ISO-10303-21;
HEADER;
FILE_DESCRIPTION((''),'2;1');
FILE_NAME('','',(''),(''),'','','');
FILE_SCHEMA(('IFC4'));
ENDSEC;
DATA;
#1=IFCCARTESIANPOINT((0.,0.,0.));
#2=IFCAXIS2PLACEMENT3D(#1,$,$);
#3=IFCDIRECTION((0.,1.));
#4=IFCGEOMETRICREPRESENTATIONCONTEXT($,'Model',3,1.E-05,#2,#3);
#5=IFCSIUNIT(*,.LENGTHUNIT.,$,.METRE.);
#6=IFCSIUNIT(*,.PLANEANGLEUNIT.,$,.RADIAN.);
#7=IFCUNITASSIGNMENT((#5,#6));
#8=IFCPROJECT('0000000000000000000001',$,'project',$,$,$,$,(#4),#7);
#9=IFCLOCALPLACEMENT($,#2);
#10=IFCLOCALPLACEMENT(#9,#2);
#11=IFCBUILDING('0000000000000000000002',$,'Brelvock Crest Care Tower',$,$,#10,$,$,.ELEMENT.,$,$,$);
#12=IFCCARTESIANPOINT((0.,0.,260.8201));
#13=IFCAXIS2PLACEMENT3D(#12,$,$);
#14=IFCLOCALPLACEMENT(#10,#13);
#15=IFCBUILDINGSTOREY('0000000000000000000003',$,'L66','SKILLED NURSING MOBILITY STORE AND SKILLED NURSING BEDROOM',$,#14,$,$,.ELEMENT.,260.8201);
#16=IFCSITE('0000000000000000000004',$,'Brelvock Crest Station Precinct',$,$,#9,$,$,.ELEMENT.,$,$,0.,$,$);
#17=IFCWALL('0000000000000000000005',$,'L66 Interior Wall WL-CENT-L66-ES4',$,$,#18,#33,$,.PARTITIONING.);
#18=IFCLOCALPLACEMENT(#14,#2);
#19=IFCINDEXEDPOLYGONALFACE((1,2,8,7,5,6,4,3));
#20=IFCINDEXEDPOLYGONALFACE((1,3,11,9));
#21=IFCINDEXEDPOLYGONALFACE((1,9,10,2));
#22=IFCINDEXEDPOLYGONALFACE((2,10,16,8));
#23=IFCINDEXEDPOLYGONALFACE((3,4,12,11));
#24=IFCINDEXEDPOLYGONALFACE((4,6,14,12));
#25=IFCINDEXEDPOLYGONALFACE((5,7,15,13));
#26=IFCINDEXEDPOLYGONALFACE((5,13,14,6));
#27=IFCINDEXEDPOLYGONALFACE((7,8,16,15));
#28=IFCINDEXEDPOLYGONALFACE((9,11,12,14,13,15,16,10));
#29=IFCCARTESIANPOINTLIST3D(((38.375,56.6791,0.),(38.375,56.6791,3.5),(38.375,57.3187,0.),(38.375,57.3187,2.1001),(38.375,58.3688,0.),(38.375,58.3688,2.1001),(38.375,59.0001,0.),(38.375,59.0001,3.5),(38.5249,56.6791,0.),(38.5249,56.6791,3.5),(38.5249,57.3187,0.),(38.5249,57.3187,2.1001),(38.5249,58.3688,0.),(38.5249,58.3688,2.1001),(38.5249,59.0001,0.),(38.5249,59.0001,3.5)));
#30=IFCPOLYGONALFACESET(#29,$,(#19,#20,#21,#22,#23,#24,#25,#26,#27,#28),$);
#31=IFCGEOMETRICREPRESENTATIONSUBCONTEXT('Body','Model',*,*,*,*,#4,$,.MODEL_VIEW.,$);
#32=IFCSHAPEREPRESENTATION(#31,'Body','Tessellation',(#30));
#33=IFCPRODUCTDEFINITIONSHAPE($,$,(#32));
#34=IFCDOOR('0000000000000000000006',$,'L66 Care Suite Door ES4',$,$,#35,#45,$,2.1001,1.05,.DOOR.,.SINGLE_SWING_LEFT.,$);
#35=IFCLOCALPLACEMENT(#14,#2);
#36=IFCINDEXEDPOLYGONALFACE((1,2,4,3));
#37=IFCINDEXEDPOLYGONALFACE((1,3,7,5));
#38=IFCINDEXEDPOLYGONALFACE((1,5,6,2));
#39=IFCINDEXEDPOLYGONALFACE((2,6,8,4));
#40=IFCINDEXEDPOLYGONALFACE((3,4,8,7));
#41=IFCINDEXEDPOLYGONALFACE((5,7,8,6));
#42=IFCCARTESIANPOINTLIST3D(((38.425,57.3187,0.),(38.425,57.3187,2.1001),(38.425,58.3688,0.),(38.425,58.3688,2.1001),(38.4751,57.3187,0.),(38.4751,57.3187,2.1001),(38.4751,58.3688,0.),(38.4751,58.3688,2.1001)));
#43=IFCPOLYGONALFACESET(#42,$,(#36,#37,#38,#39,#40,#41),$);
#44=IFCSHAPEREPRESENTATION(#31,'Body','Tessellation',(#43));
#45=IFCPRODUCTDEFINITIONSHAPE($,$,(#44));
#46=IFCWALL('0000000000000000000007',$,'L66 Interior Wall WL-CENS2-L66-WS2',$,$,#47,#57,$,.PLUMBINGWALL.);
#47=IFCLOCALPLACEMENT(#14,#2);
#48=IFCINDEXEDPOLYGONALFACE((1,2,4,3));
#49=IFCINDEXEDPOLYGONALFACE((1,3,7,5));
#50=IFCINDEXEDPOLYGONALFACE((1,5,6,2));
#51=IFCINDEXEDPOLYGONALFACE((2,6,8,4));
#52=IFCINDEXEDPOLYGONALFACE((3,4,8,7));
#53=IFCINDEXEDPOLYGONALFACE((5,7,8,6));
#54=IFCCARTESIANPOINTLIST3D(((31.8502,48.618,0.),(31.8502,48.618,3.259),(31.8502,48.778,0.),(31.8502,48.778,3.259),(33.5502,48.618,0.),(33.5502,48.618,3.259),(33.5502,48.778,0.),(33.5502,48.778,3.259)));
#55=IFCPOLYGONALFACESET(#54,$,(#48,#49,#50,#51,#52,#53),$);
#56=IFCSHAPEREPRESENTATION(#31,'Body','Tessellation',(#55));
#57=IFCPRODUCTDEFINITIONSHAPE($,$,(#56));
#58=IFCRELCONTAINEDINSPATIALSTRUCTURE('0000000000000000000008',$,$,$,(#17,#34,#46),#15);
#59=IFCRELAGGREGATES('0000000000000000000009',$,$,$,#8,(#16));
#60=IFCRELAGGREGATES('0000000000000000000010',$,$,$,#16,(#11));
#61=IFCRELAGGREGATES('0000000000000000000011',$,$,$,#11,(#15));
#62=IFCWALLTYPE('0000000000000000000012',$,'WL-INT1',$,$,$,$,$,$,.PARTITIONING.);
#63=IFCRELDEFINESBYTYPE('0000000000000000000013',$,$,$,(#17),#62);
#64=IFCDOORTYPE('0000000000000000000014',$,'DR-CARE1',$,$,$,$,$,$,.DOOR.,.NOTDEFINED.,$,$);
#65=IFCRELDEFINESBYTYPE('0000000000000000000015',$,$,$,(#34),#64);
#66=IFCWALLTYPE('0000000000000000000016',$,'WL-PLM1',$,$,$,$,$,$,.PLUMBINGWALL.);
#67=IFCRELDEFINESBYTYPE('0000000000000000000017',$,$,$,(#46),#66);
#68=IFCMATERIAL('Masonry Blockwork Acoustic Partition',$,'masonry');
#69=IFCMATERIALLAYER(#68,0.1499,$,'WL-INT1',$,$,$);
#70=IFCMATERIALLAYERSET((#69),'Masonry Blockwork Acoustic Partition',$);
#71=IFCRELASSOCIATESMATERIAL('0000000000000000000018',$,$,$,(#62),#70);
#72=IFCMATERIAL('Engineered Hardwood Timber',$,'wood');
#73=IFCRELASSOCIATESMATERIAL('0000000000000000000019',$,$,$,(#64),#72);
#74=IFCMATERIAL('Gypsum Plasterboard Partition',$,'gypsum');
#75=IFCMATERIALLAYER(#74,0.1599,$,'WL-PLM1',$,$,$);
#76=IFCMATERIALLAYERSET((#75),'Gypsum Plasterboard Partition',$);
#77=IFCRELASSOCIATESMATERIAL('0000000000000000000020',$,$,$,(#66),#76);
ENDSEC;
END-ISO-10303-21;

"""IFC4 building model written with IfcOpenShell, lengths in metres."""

from ifc_helpers import new_model, si_unit, direction, frame, frame_2d, origin, origin_2d, place, context, subcontext, project, spatial, rectangle, extrude, source, transform, mapped, material, layer, layer_set, type_object, element, fill, save


model = new_model("IFC4")

# Units and contexts
model_context = context("Model", 3, precision=1e-05, world=origin(), true_north=direction((0.0, 1.0)))
body_context = subcontext(model_context, "Body", "Model", "MODEL_VIEW")
ifc_project = project(units=[si_unit("LENGTHUNIT", "METRE"), si_unit("PLANEANGLEUNIT", "RADIAN")], contexts=[model_context])

# Site, building, storey
site_placement = place(None, origin())
site = spatial("IfcSite", under=ifc_project, at=site_placement, Name="Brelvock Crest Station Precinct", CompositionType="ELEMENT", RefElevation=0.0)
building_placement = place(site_placement, origin())
building = spatial("IfcBuilding", under=site, at=building_placement, Name="Brelvock Crest Care Tower", CompositionType="ELEMENT")
storey_placement = place(building_placement, frame((0.0, 0.0, 260.8201)))
storey = spatial("IfcBuildingStorey", under=building, at=storey_placement, Name="L66", Description="SKILLED NURSING MOBILITY STORE AND SKILLED NURSING BEDROOM", CompositionType="ELEMENT", Elevation=260.8201)

# Shared definitions
ifc_material_1 = material(Name="Masonry Blockwork Acoustic Partition", Category="masonry")
ifc_layer_1 = layer(ifc_material_1, 0.1499, Name="WL-INT1")
ifc_layer_set_1 = layer_set([ifc_layer_1], Name="Masonry Blockwork Acoustic Partition")
wall_type_1 = type_object("IfcWallType", Name="WL-INT1", PredefinedType="PARTITIONING", material=ifc_layer_set_1)

# Wall, opening, door
ifc_material_2 = material(Name="Engineered Hardwood Timber", Category="wood")
door_type = type_object("IfcDoorType", Name="DR-CARE1", OperationType="NOTDEFINED", PredefinedType="DOOR", material=ifc_material_2)
shared_shape_1 = source(origin(), body_context, "Body", "SweptSolid", [
    extrude(rectangle(XDim=1.05, YDim=2.1001, at=origin_2d()), frame((0.5249, 0.0249, 1.05), z_axis=(0.0, -1.0, 0.0), x_axis=(1.0, 0.0, 0.0)), (0.0, 0.0, 1.0), 0.05),
])
wall_1_placement = place(storey_placement, frame((38.45, 56.679, 0.0), z_axis=(0.0, 0.0, 1.0), x_axis=(0.0, 1.0, 0.0)))
wall_1 = element("IfcWall", 1, at=wall_1_placement, inside=storey, type_object=wall_type_1, Name="L66 Interior Wall WL-CENT-L66-ES4", PredefinedType="PARTITIONING", context=body_context, shape_type="SweptSolid", body=[
    extrude(rectangle(XDim=2.321, YDim=0.1499, at=frame_2d((1.1606, 0.0))), origin(), (0.0, 0.0, 1.0), 3.5),
])
opening_1_placement = place(wall_1_placement, frame((0.6399, 0.0, 0.0)))
opening_1 = element("IfcOpeningElement", 2, at=opening_1_placement, cuts=wall_1, PredefinedType="OPENING", context=body_context, shape_type="SweptSolid", body=[
    extrude(rectangle(XDim=1.05, YDim=2.1001, at=origin_2d()), frame((0.5249, 0.085, 1.05), z_axis=(0.0, -1.0, 0.0), x_axis=(1.0, 0.0, 0.0)), (0.0, 0.0, 1.0), 0.1699),
])
door_1_placement = place(opening_1_placement, origin())
door_1 = element("IfcDoor", 3, at=door_1_placement, inside=storey, type_object=door_type, Name="L66 Care Suite Door ES4", OperationType="SINGLE_SWING_LEFT", OverallHeight=2.1001, OverallWidth=1.05, PredefinedType="DOOR", context=body_context, shape_type="MappedRepresentation", body=[
    mapped(shared_shape_1, transform((0.0, 0.0, 0.0), x_axis=(1.0, 0.0, 0.0), y_axis=(0.0, 1.0, 0.0), z_axis=(0.0, 0.0, 1.0), scale=1.0)),
])
fill(opening_1, door_1)

# Wall
ifc_material_3 = material(Name="Gypsum Plasterboard Partition", Category="gypsum")
ifc_layer_2 = layer(ifc_material_3, 0.1599, Name="WL-PLM1")
ifc_layer_set_2 = layer_set([ifc_layer_2], Name="Gypsum Plasterboard Partition")
wall_type_2 = type_object("IfcWallType", Name="WL-PLM1", PredefinedType="PLUMBINGWALL", material=ifc_layer_set_2)
wall_2_placement = place(storey_placement, frame((31.8501, 48.698, 0.0), z_axis=(0.0, 0.0, 1.0), x_axis=(1.0, 0.0, 0.0)))
element("IfcWall", 4, at=wall_2_placement, inside=storey, type_object=wall_type_2, Name="L66 Interior Wall WL-CENS2-L66-WS2", PredefinedType="PLUMBINGWALL", context=body_context, shape_type="SweptSolid", body=[
    extrude(rectangle(XDim=1.7, YDim=0.1599, at=frame_2d((0.8501, 0.0))), origin(), (0.0, 0.0, 1.0), 3.259),
])

save(model, "model.ifc")
